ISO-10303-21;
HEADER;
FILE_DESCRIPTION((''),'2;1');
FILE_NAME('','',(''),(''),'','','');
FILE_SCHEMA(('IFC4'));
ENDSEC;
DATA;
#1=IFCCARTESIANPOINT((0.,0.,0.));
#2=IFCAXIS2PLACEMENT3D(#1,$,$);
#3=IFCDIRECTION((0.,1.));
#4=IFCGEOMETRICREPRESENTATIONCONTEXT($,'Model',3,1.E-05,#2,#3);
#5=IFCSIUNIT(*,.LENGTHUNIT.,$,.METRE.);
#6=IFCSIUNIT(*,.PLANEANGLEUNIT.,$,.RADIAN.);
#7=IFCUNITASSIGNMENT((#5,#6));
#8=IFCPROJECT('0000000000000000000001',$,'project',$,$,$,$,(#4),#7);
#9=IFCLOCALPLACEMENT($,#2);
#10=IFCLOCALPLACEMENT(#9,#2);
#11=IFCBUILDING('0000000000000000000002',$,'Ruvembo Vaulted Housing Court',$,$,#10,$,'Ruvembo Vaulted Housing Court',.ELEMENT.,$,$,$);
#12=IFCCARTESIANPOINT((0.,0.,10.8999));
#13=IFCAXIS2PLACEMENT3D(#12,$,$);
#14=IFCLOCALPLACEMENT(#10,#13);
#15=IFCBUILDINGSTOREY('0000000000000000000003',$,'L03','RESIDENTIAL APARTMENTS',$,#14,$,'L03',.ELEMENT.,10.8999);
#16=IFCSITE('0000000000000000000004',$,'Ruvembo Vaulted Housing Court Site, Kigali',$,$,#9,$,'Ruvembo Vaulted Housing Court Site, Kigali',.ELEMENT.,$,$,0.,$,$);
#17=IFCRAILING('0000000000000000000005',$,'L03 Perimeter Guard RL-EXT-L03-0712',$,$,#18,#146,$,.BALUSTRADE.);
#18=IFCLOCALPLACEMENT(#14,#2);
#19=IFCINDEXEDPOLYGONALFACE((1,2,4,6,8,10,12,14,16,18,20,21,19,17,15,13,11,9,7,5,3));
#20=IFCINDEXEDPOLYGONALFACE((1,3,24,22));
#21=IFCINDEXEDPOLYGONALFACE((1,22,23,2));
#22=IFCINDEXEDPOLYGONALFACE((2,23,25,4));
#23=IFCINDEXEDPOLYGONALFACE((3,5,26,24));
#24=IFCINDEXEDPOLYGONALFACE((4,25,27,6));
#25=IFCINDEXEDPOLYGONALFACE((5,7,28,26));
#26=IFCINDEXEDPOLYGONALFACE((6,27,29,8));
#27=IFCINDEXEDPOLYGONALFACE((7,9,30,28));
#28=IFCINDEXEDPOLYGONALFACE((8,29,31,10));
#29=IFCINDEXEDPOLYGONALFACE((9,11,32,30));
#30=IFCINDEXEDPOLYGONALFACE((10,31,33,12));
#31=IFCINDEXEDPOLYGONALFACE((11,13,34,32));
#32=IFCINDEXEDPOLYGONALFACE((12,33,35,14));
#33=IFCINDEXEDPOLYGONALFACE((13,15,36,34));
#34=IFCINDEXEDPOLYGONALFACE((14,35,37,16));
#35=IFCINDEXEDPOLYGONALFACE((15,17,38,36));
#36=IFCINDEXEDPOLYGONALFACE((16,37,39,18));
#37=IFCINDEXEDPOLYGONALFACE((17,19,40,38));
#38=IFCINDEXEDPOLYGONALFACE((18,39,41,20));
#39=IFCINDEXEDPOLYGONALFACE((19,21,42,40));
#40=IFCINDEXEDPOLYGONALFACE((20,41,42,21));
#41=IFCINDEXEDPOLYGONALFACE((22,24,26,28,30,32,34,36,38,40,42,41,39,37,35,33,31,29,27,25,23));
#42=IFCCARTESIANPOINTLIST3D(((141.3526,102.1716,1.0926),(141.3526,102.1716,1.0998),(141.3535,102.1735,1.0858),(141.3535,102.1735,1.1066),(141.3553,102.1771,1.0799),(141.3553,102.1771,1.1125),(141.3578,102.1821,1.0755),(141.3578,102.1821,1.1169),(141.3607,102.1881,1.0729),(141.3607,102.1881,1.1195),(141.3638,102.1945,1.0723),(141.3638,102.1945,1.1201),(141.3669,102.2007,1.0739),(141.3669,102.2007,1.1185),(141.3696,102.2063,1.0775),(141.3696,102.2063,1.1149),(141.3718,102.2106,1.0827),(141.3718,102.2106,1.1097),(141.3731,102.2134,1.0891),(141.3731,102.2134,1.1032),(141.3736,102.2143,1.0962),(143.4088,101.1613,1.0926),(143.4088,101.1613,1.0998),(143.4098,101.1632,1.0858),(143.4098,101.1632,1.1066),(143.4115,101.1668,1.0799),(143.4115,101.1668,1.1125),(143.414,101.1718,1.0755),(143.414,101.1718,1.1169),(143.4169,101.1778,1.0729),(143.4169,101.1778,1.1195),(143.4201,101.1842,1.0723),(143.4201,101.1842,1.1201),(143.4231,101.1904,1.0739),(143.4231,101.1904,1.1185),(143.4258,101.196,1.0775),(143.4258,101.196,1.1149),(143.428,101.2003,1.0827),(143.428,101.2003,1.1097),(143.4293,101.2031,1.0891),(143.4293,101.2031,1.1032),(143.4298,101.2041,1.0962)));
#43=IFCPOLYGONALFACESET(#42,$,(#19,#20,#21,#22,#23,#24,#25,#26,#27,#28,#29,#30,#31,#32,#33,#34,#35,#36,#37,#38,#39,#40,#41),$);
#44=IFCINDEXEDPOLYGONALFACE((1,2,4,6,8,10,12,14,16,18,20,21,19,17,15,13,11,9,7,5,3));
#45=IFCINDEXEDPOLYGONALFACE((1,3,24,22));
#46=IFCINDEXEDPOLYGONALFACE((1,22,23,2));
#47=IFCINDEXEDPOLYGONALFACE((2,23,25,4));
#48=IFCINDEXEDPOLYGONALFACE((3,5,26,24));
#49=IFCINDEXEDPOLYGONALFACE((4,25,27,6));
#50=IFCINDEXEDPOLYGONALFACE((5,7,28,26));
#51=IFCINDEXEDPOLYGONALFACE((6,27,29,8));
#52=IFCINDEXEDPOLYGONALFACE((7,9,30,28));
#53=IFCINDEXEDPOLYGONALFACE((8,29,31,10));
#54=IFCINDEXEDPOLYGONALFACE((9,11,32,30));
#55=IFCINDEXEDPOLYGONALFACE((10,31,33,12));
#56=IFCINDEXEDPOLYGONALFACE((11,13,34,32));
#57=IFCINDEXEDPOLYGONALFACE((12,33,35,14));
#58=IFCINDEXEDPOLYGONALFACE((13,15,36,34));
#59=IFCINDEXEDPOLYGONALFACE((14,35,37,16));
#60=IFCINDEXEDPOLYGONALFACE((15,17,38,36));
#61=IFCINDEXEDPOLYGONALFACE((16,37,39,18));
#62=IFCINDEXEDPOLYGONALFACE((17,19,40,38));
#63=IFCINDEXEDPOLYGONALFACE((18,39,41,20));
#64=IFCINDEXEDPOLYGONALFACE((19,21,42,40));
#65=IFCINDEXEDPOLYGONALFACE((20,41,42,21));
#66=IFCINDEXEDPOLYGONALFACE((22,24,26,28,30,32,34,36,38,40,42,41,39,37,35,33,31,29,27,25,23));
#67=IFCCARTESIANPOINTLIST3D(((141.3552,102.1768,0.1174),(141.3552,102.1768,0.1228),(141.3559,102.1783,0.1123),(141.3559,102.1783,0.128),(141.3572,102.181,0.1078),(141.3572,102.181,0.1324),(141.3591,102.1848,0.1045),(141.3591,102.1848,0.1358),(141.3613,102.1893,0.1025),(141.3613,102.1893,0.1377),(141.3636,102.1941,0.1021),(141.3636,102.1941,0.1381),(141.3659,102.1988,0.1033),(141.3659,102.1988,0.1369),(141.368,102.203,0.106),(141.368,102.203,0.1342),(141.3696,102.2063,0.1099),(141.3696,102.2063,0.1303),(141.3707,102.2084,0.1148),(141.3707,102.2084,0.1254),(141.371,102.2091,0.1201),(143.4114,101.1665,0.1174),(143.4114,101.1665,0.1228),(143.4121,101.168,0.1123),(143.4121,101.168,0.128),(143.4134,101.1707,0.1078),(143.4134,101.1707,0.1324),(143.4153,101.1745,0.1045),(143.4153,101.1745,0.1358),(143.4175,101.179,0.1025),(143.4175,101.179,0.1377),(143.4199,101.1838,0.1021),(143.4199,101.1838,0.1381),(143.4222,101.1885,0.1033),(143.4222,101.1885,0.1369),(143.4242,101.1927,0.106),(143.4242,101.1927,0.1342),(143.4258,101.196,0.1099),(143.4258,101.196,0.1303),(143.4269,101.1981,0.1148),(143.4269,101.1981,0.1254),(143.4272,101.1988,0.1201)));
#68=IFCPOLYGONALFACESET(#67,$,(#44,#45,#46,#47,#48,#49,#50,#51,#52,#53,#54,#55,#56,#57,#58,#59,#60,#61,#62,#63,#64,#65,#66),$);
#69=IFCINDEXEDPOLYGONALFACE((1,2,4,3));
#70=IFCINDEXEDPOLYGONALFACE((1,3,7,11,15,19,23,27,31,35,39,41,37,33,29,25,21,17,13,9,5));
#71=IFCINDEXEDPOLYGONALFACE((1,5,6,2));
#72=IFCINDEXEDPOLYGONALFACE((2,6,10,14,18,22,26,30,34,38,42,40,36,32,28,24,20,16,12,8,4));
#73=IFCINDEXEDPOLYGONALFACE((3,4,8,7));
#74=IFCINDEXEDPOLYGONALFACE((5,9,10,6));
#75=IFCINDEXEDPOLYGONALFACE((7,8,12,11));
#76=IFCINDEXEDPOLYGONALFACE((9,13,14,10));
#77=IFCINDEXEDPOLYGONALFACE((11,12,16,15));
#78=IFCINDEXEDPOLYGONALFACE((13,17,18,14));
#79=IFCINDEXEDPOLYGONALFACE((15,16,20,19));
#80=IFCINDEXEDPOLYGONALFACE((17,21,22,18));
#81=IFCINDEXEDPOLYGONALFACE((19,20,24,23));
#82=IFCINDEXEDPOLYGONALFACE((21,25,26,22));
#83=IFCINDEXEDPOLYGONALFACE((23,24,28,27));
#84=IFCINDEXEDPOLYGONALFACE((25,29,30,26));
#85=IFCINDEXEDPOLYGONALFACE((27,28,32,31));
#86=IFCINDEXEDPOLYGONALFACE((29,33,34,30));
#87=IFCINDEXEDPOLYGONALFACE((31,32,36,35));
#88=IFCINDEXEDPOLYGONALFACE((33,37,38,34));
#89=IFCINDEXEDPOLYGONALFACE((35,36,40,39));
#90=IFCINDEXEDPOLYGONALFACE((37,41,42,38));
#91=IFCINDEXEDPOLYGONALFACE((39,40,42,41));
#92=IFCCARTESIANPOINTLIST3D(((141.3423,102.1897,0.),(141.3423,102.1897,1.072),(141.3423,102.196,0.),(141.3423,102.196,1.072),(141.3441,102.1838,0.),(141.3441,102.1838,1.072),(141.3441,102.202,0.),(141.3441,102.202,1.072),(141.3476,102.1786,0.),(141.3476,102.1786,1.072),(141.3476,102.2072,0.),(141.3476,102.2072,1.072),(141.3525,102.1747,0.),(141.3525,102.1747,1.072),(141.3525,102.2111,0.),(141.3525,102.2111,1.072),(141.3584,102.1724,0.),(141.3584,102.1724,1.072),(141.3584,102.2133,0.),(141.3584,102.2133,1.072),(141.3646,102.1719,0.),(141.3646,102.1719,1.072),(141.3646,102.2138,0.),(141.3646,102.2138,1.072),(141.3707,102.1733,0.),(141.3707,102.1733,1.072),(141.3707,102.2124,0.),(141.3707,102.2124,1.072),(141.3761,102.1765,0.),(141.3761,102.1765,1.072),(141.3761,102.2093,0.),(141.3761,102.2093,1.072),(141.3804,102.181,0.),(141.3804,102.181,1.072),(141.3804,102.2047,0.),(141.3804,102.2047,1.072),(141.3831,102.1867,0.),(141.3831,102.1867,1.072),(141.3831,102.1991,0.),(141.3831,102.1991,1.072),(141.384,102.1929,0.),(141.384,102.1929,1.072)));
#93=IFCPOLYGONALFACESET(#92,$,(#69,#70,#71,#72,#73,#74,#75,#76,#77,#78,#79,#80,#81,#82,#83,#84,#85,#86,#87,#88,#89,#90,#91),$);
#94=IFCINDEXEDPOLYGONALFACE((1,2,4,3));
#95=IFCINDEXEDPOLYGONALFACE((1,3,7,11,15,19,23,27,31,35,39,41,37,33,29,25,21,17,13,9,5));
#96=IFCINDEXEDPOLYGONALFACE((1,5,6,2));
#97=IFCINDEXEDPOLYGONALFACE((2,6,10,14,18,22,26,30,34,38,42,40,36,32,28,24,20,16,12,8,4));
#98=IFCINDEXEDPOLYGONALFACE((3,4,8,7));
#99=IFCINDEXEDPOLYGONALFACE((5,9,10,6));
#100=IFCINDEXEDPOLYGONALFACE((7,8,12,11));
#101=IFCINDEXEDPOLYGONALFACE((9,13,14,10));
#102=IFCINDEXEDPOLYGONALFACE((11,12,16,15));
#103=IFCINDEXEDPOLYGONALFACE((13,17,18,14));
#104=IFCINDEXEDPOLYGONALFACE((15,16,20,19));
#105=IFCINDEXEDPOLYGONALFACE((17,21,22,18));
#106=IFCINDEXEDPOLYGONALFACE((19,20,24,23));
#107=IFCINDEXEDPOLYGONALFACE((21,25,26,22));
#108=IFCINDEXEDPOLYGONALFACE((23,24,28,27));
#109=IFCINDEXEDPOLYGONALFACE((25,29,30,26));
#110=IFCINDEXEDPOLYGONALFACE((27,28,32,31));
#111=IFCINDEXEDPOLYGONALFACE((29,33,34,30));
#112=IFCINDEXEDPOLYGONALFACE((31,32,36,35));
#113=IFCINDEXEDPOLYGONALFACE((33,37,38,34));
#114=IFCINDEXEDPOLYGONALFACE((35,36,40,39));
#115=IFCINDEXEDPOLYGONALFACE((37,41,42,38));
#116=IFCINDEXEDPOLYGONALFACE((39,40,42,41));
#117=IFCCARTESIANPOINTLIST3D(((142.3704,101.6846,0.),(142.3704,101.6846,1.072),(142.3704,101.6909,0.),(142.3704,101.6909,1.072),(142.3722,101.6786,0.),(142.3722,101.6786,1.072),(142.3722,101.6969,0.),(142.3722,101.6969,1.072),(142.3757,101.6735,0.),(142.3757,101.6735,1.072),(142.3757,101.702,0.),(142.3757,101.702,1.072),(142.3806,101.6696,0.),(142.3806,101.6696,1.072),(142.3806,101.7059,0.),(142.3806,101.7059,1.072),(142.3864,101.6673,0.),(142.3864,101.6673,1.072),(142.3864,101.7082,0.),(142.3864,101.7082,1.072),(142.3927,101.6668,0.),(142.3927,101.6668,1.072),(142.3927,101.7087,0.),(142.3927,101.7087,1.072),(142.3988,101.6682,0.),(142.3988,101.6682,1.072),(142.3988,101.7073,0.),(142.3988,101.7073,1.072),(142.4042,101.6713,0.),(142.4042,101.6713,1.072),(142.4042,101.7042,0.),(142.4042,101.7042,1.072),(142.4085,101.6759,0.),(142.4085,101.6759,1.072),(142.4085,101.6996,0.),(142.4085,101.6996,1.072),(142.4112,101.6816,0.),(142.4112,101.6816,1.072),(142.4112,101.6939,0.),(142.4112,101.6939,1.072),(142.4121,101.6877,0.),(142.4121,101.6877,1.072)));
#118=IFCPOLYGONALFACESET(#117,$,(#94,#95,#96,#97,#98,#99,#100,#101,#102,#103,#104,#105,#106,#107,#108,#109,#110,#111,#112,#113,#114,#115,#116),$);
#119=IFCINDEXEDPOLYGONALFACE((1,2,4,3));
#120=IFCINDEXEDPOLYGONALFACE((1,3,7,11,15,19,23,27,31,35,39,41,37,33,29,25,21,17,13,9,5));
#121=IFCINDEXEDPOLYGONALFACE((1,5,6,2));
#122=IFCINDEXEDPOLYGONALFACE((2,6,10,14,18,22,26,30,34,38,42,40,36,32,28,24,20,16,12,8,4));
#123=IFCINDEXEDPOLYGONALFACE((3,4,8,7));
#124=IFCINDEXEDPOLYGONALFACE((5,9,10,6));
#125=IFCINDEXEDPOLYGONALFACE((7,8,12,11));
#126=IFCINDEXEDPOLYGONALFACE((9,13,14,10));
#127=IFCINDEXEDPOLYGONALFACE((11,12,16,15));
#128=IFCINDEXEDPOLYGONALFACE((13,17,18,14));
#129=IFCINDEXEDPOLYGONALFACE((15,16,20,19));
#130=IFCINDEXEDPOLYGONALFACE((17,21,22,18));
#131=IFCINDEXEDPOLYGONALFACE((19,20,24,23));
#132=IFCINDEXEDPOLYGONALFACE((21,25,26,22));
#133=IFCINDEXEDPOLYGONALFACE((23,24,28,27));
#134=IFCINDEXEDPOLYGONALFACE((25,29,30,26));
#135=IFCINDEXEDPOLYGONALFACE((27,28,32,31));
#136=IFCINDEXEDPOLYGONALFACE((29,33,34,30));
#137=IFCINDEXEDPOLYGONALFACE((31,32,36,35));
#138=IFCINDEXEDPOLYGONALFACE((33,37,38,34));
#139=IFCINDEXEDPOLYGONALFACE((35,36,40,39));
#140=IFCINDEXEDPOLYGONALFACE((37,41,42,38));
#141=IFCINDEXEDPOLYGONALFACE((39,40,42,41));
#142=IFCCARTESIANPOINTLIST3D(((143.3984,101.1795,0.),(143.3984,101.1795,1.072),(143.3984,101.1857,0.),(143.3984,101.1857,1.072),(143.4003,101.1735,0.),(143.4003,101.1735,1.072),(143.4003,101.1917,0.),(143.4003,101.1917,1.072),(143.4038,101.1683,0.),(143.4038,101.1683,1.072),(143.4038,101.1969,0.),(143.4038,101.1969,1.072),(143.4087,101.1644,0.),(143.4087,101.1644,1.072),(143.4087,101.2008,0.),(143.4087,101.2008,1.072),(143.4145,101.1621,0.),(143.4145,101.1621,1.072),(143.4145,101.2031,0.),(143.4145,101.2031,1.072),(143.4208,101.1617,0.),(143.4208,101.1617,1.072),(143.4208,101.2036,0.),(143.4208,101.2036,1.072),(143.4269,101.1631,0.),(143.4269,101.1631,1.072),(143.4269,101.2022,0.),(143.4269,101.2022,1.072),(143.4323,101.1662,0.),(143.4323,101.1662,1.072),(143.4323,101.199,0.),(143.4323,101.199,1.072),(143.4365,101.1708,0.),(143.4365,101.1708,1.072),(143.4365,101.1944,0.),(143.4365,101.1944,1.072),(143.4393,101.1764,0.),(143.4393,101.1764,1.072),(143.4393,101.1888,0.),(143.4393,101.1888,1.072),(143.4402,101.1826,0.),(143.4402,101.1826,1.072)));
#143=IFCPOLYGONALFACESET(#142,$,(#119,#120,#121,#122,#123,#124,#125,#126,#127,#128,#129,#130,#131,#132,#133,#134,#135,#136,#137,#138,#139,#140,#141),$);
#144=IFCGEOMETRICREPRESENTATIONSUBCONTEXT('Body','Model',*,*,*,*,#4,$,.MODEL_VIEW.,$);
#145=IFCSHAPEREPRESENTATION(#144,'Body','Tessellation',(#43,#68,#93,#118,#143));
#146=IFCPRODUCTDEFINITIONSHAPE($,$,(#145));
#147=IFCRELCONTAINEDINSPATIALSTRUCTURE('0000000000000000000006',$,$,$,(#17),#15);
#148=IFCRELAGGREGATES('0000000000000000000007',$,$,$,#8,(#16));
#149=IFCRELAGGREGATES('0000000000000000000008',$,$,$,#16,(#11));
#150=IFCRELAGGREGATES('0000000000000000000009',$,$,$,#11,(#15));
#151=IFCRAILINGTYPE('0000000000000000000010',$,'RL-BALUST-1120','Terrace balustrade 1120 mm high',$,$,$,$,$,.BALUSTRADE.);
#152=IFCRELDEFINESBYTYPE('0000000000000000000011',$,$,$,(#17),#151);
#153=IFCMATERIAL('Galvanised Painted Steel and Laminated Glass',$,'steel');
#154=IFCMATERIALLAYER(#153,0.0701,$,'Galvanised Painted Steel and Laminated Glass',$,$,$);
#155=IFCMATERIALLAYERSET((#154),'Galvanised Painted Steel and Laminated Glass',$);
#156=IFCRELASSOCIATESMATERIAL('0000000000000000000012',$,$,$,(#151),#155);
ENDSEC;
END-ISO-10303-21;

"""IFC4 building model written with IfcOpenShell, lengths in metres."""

from ifc_helpers import new_model, si_unit, direction, frame, origin, origin_2d, place, context, subcontext, project, spatial, circle, extrude, material, layer, layer_set, type_object, element, save


model = new_model("IFC4")

# Units and contexts
model_context = context("Model", 3, precision=1e-05, world=origin(), true_north=direction((0.0, 1.0)))
body_context = subcontext(model_context, "Body", "Model", "MODEL_VIEW")
ifc_project = project(units=[si_unit("LENGTHUNIT", "METRE"), si_unit("PLANEANGLEUNIT", "RADIAN")], contexts=[model_context])

# Site, building, storey
site_placement = place(None, origin())
site = spatial("IfcSite", under=ifc_project, at=site_placement, Name="Ruvembo Vaulted Housing Court Site, Kigali", LongName="Ruvembo Vaulted Housing Court Site, Kigali", CompositionType="ELEMENT", RefElevation=0.0)
building_placement = place(site_placement, origin())
building = spatial("IfcBuilding", under=site, at=building_placement, Name="Ruvembo Vaulted Housing Court", LongName="Ruvembo Vaulted Housing Court", CompositionType="ELEMENT")
storey_placement = place(building_placement, frame((0.0, 0.0, 10.8999)))
storey = spatial("IfcBuildingStorey", under=building, at=storey_placement, Name="L03", Description="RESIDENTIAL APARTMENTS", LongName="L03", CompositionType="ELEMENT", Elevation=10.8999)

# Railing
ifc_material_1 = material(Name="Galvanised Painted Steel and Laminated Glass", Category="steel")
ifc_layer_1 = layer(ifc_material_1, 0.0701, Name="Galvanised Painted Steel and Laminated Glass")
ifc_layer_set_1 = layer_set([ifc_layer_1], Name="Galvanised Painted Steel and Laminated Glass")
railing_type = type_object("IfcRailingType", Name="RL-BALUST-1120", Description="Terrace balustrade 1120 mm high", PredefinedType="BALUSTRADE", material=ifc_layer_set_1)
railing_1_placement = place(storey_placement, frame((141.363, 102.1929, 0.0)))
element("IfcRailing", 1, at=railing_1_placement, inside=storey, type_object=railing_type, Name="L03 Perimeter Guard RL-EXT-L03-0712", PredefinedType="BALUSTRADE", context=body_context, shape_type="SweptSolid", body=[
    extrude(circle(Radius=0.0239, at=origin_2d()), frame((0.0, 0.0, 1.0962), z_axis=(0.897517, -0.440979, 0.0), x_axis=(0.440979, 0.897517, 0.0)), (0.0, 0.0, 1.0), 2.291),
    extrude(circle(Radius=0.0181, at=origin_2d()), frame((0.0, 0.0, 0.1201), z_axis=(0.897517, -0.440979, 0.0), x_axis=(0.440979, 0.897517, 0.0)), (0.0, 0.0, 1.0), 2.291),
    extrude(circle(Radius=0.021, at=origin_2d()), origin(), (0.0, 0.0, 1.0), 1.072),
    extrude(circle(Radius=0.021, at=origin_2d()), frame((1.0281, -0.5051, 0.0)), (0.0, 0.0, 1.0), 1.072),
    extrude(circle(Radius=0.021, at=origin_2d()), frame((2.0562, -1.0103, 0.0)), (0.0, 0.0, 1.0), 1.072),
])

save(model, "model.ifc")
